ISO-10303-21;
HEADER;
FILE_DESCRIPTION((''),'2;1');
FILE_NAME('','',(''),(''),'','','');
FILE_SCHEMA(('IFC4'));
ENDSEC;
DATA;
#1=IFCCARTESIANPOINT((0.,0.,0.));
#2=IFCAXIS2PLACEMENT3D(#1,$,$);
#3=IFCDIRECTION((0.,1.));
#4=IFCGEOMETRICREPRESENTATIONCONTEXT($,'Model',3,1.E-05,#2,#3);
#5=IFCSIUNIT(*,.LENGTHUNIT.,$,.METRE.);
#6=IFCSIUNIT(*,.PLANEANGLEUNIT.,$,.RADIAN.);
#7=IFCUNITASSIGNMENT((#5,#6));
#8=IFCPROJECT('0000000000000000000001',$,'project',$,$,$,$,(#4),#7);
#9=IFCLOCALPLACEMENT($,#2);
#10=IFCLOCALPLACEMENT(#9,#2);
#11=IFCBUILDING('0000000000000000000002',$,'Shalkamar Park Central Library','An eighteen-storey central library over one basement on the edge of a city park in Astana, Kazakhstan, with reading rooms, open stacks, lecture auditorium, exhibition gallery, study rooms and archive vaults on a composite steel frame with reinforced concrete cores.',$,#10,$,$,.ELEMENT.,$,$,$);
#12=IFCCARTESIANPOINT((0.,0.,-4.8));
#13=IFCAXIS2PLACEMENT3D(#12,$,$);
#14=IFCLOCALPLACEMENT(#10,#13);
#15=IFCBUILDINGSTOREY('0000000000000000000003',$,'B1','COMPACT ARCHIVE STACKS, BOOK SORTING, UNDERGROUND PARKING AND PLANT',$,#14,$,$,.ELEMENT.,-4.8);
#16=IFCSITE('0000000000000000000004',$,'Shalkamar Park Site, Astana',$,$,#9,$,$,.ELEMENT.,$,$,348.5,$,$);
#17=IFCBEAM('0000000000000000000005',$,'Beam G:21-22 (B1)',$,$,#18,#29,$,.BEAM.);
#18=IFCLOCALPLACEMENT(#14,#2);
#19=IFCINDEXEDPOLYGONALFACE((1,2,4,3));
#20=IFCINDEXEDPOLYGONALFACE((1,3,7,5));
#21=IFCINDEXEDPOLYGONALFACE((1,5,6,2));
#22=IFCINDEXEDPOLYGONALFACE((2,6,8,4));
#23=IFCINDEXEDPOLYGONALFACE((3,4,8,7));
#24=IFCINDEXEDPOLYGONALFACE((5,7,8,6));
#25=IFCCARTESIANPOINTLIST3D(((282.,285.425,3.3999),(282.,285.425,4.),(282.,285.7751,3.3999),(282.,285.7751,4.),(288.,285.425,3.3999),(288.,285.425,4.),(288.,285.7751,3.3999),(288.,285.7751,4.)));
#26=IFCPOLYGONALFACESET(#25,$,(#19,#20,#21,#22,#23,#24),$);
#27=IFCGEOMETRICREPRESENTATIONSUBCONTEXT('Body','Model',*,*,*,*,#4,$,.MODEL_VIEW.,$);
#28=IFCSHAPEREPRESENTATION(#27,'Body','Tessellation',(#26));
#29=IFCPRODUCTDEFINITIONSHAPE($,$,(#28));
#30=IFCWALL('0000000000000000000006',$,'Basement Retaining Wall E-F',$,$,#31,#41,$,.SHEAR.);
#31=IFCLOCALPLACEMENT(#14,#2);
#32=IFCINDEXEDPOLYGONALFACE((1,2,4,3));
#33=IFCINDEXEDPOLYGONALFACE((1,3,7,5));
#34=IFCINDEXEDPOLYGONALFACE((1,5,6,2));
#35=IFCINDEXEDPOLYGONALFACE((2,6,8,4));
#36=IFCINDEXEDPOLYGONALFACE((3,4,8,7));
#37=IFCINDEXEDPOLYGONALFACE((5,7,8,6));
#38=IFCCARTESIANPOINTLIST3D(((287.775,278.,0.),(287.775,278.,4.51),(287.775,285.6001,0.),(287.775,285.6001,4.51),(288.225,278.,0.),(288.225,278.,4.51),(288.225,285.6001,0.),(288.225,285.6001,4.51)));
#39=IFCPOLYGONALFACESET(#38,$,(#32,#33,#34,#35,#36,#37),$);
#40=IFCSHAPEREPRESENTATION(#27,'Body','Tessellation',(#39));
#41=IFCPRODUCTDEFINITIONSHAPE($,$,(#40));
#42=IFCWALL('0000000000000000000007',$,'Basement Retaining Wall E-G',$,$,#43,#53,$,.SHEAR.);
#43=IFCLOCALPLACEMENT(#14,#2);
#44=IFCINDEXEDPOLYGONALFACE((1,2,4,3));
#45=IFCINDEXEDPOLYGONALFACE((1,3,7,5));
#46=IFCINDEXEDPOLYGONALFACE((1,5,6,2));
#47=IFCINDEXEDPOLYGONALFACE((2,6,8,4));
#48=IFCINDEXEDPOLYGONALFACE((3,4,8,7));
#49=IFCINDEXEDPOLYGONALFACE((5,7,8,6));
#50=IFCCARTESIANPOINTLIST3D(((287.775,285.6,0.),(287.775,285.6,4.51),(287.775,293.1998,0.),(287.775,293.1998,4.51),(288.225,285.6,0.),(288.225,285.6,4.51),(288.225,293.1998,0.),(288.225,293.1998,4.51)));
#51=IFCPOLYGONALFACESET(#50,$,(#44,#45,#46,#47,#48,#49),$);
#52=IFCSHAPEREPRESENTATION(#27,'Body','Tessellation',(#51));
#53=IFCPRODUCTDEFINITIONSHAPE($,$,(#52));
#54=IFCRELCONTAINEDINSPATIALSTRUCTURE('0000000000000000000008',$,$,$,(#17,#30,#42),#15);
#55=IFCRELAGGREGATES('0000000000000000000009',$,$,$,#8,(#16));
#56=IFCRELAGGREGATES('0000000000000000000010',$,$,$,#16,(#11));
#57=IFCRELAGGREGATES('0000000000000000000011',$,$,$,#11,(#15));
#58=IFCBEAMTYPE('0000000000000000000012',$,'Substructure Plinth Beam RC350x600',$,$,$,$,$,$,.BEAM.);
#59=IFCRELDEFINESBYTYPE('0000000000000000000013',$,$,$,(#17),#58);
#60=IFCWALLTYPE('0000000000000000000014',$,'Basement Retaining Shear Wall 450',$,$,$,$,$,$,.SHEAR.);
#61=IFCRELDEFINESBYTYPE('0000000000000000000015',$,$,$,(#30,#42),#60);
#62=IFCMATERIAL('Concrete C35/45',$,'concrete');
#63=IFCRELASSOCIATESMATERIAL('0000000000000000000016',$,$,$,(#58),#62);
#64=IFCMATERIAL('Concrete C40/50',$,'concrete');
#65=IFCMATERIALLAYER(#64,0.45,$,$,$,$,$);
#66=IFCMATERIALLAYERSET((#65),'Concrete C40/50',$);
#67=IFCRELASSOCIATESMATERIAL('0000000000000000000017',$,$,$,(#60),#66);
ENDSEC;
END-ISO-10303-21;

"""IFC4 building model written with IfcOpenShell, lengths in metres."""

from ifc_helpers import new_model, si_unit, direction, frame, frame_2d, origin, origin_2d, place, context, subcontext, project, spatial, rectangle, extrude, material, layer, layer_set, material_profile, profile_set, type_object, element, save


model = new_model("IFC4")

# Units and contexts
model_context = context("Model", 3, precision=1e-05, world=origin(), true_north=direction((0.0, 1.0)))
body_context = subcontext(model_context, "Body", "Model", "MODEL_VIEW")
ifc_project = project(units=[si_unit("LENGTHUNIT", "METRE"), si_unit("PLANEANGLEUNIT", "RADIAN")], contexts=[model_context])

# Site, building, storey
site_placement = place(None, origin())
site = spatial("IfcSite", under=ifc_project, at=site_placement, Name="Shalkamar Park Site, Astana", CompositionType="ELEMENT", RefElevation=348.5)
building_placement = place(site_placement, origin())
building = spatial("IfcBuilding", under=site, at=building_placement, Name="Shalkamar Park Central Library", Description="An eighteen-storey central library over one basement on the edge of a city park in Astana, Kazakhstan, with reading rooms, open stacks, lecture auditorium, exhibition gallery, study rooms and archive vaults on a composite steel frame with reinforced concrete cores.", CompositionType="ELEMENT")
storey_placement = place(building_placement, frame((0.0, 0.0, -4.8)))
storey = spatial("IfcBuildingStorey", under=building, at=storey_placement, Name="B1", Description="COMPACT ARCHIVE STACKS, BOOK SORTING, UNDERGROUND PARKING AND PLANT", CompositionType="ELEMENT", Elevation=-4.8)

# Shared definitions
ifc_material_1 = material(Name="Concrete C35/45", Category="concrete")

# Shared definitions
ifc_material_2 = material(Name="Concrete C40/50", Category="concrete")

# Beam
ifc_material_profile_1 = material_profile(ifc_material_1, rectangle(XDim=0.3501, YDim=0.6001, at=origin_2d()), Name="RC 350x600")
ifc_profile_set_1 = profile_set([ifc_material_profile_1], Name="Concrete C35/45")
beam_type_1 = type_object("IfcBeamType", Name="Substructure Plinth Beam RC350x600", PredefinedType="BEAM", material=ifc_profile_set_1)
beam_1_placement = place(storey_placement, frame((282.0, 285.6001, 3.7), z_axis=(1.0, 0.0, 0.0), x_axis=(0.0, 1.0, 0.0)))
element("IfcBeam", 1, at=beam_1_placement, inside=storey, type_object=beam_type_1, Name="Beam G:21-22 (B1)", PredefinedType="BEAM", context=body_context, shape_type="SweptSolid", body=[
    extrude(rectangle(XDim=0.3501, YDim=0.6001, at=origin_2d()), origin(), (0.0, 0.0, 1.0), 6.0),
])

# Walls
ifc_layer = layer(ifc_material_2, 0.45)
ifc_layer_set = layer_set([ifc_layer], Name="Concrete C40/50")
wall_type = type_object("IfcWallType", Name="Basement Retaining Shear Wall 450", PredefinedType="SHEAR", material=ifc_layer_set)
wall_1_placement = place(storey_placement, frame((288.0, 278.0, 0.0), z_axis=(0.0, 0.0, 1.0), x_axis=(0.0, 1.0, 0.0)))
element("IfcWall", 2, at=wall_1_placement, inside=storey, type_object=wall_type, Name="Basement Retaining Wall E-F", PredefinedType="SHEAR", context=body_context, shape_type="SweptSolid", body=[
    extrude(rectangle(XDim=7.6001, YDim=0.45, at=frame_2d((3.8, 0.0))), origin(), (0.0, 0.0, 1.0), 4.51),
])
wall_2_placement = place(storey_placement, frame((288.0, 285.6001, 0.0), z_axis=(0.0, 0.0, 1.0), x_axis=(0.0, 1.0, 0.0)))
element("IfcWall", 3, at=wall_2_placement, inside=storey, type_object=wall_type, Name="Basement Retaining Wall E-G", PredefinedType="SHEAR", context=body_context, shape_type="SweptSolid", body=[
    extrude(rectangle(XDim=7.5999, YDim=0.45, at=frame_2d((3.7998, 0.0))), origin(), (0.0, 0.0, 1.0), 4.51),
])

save(model, "model.ifc")
